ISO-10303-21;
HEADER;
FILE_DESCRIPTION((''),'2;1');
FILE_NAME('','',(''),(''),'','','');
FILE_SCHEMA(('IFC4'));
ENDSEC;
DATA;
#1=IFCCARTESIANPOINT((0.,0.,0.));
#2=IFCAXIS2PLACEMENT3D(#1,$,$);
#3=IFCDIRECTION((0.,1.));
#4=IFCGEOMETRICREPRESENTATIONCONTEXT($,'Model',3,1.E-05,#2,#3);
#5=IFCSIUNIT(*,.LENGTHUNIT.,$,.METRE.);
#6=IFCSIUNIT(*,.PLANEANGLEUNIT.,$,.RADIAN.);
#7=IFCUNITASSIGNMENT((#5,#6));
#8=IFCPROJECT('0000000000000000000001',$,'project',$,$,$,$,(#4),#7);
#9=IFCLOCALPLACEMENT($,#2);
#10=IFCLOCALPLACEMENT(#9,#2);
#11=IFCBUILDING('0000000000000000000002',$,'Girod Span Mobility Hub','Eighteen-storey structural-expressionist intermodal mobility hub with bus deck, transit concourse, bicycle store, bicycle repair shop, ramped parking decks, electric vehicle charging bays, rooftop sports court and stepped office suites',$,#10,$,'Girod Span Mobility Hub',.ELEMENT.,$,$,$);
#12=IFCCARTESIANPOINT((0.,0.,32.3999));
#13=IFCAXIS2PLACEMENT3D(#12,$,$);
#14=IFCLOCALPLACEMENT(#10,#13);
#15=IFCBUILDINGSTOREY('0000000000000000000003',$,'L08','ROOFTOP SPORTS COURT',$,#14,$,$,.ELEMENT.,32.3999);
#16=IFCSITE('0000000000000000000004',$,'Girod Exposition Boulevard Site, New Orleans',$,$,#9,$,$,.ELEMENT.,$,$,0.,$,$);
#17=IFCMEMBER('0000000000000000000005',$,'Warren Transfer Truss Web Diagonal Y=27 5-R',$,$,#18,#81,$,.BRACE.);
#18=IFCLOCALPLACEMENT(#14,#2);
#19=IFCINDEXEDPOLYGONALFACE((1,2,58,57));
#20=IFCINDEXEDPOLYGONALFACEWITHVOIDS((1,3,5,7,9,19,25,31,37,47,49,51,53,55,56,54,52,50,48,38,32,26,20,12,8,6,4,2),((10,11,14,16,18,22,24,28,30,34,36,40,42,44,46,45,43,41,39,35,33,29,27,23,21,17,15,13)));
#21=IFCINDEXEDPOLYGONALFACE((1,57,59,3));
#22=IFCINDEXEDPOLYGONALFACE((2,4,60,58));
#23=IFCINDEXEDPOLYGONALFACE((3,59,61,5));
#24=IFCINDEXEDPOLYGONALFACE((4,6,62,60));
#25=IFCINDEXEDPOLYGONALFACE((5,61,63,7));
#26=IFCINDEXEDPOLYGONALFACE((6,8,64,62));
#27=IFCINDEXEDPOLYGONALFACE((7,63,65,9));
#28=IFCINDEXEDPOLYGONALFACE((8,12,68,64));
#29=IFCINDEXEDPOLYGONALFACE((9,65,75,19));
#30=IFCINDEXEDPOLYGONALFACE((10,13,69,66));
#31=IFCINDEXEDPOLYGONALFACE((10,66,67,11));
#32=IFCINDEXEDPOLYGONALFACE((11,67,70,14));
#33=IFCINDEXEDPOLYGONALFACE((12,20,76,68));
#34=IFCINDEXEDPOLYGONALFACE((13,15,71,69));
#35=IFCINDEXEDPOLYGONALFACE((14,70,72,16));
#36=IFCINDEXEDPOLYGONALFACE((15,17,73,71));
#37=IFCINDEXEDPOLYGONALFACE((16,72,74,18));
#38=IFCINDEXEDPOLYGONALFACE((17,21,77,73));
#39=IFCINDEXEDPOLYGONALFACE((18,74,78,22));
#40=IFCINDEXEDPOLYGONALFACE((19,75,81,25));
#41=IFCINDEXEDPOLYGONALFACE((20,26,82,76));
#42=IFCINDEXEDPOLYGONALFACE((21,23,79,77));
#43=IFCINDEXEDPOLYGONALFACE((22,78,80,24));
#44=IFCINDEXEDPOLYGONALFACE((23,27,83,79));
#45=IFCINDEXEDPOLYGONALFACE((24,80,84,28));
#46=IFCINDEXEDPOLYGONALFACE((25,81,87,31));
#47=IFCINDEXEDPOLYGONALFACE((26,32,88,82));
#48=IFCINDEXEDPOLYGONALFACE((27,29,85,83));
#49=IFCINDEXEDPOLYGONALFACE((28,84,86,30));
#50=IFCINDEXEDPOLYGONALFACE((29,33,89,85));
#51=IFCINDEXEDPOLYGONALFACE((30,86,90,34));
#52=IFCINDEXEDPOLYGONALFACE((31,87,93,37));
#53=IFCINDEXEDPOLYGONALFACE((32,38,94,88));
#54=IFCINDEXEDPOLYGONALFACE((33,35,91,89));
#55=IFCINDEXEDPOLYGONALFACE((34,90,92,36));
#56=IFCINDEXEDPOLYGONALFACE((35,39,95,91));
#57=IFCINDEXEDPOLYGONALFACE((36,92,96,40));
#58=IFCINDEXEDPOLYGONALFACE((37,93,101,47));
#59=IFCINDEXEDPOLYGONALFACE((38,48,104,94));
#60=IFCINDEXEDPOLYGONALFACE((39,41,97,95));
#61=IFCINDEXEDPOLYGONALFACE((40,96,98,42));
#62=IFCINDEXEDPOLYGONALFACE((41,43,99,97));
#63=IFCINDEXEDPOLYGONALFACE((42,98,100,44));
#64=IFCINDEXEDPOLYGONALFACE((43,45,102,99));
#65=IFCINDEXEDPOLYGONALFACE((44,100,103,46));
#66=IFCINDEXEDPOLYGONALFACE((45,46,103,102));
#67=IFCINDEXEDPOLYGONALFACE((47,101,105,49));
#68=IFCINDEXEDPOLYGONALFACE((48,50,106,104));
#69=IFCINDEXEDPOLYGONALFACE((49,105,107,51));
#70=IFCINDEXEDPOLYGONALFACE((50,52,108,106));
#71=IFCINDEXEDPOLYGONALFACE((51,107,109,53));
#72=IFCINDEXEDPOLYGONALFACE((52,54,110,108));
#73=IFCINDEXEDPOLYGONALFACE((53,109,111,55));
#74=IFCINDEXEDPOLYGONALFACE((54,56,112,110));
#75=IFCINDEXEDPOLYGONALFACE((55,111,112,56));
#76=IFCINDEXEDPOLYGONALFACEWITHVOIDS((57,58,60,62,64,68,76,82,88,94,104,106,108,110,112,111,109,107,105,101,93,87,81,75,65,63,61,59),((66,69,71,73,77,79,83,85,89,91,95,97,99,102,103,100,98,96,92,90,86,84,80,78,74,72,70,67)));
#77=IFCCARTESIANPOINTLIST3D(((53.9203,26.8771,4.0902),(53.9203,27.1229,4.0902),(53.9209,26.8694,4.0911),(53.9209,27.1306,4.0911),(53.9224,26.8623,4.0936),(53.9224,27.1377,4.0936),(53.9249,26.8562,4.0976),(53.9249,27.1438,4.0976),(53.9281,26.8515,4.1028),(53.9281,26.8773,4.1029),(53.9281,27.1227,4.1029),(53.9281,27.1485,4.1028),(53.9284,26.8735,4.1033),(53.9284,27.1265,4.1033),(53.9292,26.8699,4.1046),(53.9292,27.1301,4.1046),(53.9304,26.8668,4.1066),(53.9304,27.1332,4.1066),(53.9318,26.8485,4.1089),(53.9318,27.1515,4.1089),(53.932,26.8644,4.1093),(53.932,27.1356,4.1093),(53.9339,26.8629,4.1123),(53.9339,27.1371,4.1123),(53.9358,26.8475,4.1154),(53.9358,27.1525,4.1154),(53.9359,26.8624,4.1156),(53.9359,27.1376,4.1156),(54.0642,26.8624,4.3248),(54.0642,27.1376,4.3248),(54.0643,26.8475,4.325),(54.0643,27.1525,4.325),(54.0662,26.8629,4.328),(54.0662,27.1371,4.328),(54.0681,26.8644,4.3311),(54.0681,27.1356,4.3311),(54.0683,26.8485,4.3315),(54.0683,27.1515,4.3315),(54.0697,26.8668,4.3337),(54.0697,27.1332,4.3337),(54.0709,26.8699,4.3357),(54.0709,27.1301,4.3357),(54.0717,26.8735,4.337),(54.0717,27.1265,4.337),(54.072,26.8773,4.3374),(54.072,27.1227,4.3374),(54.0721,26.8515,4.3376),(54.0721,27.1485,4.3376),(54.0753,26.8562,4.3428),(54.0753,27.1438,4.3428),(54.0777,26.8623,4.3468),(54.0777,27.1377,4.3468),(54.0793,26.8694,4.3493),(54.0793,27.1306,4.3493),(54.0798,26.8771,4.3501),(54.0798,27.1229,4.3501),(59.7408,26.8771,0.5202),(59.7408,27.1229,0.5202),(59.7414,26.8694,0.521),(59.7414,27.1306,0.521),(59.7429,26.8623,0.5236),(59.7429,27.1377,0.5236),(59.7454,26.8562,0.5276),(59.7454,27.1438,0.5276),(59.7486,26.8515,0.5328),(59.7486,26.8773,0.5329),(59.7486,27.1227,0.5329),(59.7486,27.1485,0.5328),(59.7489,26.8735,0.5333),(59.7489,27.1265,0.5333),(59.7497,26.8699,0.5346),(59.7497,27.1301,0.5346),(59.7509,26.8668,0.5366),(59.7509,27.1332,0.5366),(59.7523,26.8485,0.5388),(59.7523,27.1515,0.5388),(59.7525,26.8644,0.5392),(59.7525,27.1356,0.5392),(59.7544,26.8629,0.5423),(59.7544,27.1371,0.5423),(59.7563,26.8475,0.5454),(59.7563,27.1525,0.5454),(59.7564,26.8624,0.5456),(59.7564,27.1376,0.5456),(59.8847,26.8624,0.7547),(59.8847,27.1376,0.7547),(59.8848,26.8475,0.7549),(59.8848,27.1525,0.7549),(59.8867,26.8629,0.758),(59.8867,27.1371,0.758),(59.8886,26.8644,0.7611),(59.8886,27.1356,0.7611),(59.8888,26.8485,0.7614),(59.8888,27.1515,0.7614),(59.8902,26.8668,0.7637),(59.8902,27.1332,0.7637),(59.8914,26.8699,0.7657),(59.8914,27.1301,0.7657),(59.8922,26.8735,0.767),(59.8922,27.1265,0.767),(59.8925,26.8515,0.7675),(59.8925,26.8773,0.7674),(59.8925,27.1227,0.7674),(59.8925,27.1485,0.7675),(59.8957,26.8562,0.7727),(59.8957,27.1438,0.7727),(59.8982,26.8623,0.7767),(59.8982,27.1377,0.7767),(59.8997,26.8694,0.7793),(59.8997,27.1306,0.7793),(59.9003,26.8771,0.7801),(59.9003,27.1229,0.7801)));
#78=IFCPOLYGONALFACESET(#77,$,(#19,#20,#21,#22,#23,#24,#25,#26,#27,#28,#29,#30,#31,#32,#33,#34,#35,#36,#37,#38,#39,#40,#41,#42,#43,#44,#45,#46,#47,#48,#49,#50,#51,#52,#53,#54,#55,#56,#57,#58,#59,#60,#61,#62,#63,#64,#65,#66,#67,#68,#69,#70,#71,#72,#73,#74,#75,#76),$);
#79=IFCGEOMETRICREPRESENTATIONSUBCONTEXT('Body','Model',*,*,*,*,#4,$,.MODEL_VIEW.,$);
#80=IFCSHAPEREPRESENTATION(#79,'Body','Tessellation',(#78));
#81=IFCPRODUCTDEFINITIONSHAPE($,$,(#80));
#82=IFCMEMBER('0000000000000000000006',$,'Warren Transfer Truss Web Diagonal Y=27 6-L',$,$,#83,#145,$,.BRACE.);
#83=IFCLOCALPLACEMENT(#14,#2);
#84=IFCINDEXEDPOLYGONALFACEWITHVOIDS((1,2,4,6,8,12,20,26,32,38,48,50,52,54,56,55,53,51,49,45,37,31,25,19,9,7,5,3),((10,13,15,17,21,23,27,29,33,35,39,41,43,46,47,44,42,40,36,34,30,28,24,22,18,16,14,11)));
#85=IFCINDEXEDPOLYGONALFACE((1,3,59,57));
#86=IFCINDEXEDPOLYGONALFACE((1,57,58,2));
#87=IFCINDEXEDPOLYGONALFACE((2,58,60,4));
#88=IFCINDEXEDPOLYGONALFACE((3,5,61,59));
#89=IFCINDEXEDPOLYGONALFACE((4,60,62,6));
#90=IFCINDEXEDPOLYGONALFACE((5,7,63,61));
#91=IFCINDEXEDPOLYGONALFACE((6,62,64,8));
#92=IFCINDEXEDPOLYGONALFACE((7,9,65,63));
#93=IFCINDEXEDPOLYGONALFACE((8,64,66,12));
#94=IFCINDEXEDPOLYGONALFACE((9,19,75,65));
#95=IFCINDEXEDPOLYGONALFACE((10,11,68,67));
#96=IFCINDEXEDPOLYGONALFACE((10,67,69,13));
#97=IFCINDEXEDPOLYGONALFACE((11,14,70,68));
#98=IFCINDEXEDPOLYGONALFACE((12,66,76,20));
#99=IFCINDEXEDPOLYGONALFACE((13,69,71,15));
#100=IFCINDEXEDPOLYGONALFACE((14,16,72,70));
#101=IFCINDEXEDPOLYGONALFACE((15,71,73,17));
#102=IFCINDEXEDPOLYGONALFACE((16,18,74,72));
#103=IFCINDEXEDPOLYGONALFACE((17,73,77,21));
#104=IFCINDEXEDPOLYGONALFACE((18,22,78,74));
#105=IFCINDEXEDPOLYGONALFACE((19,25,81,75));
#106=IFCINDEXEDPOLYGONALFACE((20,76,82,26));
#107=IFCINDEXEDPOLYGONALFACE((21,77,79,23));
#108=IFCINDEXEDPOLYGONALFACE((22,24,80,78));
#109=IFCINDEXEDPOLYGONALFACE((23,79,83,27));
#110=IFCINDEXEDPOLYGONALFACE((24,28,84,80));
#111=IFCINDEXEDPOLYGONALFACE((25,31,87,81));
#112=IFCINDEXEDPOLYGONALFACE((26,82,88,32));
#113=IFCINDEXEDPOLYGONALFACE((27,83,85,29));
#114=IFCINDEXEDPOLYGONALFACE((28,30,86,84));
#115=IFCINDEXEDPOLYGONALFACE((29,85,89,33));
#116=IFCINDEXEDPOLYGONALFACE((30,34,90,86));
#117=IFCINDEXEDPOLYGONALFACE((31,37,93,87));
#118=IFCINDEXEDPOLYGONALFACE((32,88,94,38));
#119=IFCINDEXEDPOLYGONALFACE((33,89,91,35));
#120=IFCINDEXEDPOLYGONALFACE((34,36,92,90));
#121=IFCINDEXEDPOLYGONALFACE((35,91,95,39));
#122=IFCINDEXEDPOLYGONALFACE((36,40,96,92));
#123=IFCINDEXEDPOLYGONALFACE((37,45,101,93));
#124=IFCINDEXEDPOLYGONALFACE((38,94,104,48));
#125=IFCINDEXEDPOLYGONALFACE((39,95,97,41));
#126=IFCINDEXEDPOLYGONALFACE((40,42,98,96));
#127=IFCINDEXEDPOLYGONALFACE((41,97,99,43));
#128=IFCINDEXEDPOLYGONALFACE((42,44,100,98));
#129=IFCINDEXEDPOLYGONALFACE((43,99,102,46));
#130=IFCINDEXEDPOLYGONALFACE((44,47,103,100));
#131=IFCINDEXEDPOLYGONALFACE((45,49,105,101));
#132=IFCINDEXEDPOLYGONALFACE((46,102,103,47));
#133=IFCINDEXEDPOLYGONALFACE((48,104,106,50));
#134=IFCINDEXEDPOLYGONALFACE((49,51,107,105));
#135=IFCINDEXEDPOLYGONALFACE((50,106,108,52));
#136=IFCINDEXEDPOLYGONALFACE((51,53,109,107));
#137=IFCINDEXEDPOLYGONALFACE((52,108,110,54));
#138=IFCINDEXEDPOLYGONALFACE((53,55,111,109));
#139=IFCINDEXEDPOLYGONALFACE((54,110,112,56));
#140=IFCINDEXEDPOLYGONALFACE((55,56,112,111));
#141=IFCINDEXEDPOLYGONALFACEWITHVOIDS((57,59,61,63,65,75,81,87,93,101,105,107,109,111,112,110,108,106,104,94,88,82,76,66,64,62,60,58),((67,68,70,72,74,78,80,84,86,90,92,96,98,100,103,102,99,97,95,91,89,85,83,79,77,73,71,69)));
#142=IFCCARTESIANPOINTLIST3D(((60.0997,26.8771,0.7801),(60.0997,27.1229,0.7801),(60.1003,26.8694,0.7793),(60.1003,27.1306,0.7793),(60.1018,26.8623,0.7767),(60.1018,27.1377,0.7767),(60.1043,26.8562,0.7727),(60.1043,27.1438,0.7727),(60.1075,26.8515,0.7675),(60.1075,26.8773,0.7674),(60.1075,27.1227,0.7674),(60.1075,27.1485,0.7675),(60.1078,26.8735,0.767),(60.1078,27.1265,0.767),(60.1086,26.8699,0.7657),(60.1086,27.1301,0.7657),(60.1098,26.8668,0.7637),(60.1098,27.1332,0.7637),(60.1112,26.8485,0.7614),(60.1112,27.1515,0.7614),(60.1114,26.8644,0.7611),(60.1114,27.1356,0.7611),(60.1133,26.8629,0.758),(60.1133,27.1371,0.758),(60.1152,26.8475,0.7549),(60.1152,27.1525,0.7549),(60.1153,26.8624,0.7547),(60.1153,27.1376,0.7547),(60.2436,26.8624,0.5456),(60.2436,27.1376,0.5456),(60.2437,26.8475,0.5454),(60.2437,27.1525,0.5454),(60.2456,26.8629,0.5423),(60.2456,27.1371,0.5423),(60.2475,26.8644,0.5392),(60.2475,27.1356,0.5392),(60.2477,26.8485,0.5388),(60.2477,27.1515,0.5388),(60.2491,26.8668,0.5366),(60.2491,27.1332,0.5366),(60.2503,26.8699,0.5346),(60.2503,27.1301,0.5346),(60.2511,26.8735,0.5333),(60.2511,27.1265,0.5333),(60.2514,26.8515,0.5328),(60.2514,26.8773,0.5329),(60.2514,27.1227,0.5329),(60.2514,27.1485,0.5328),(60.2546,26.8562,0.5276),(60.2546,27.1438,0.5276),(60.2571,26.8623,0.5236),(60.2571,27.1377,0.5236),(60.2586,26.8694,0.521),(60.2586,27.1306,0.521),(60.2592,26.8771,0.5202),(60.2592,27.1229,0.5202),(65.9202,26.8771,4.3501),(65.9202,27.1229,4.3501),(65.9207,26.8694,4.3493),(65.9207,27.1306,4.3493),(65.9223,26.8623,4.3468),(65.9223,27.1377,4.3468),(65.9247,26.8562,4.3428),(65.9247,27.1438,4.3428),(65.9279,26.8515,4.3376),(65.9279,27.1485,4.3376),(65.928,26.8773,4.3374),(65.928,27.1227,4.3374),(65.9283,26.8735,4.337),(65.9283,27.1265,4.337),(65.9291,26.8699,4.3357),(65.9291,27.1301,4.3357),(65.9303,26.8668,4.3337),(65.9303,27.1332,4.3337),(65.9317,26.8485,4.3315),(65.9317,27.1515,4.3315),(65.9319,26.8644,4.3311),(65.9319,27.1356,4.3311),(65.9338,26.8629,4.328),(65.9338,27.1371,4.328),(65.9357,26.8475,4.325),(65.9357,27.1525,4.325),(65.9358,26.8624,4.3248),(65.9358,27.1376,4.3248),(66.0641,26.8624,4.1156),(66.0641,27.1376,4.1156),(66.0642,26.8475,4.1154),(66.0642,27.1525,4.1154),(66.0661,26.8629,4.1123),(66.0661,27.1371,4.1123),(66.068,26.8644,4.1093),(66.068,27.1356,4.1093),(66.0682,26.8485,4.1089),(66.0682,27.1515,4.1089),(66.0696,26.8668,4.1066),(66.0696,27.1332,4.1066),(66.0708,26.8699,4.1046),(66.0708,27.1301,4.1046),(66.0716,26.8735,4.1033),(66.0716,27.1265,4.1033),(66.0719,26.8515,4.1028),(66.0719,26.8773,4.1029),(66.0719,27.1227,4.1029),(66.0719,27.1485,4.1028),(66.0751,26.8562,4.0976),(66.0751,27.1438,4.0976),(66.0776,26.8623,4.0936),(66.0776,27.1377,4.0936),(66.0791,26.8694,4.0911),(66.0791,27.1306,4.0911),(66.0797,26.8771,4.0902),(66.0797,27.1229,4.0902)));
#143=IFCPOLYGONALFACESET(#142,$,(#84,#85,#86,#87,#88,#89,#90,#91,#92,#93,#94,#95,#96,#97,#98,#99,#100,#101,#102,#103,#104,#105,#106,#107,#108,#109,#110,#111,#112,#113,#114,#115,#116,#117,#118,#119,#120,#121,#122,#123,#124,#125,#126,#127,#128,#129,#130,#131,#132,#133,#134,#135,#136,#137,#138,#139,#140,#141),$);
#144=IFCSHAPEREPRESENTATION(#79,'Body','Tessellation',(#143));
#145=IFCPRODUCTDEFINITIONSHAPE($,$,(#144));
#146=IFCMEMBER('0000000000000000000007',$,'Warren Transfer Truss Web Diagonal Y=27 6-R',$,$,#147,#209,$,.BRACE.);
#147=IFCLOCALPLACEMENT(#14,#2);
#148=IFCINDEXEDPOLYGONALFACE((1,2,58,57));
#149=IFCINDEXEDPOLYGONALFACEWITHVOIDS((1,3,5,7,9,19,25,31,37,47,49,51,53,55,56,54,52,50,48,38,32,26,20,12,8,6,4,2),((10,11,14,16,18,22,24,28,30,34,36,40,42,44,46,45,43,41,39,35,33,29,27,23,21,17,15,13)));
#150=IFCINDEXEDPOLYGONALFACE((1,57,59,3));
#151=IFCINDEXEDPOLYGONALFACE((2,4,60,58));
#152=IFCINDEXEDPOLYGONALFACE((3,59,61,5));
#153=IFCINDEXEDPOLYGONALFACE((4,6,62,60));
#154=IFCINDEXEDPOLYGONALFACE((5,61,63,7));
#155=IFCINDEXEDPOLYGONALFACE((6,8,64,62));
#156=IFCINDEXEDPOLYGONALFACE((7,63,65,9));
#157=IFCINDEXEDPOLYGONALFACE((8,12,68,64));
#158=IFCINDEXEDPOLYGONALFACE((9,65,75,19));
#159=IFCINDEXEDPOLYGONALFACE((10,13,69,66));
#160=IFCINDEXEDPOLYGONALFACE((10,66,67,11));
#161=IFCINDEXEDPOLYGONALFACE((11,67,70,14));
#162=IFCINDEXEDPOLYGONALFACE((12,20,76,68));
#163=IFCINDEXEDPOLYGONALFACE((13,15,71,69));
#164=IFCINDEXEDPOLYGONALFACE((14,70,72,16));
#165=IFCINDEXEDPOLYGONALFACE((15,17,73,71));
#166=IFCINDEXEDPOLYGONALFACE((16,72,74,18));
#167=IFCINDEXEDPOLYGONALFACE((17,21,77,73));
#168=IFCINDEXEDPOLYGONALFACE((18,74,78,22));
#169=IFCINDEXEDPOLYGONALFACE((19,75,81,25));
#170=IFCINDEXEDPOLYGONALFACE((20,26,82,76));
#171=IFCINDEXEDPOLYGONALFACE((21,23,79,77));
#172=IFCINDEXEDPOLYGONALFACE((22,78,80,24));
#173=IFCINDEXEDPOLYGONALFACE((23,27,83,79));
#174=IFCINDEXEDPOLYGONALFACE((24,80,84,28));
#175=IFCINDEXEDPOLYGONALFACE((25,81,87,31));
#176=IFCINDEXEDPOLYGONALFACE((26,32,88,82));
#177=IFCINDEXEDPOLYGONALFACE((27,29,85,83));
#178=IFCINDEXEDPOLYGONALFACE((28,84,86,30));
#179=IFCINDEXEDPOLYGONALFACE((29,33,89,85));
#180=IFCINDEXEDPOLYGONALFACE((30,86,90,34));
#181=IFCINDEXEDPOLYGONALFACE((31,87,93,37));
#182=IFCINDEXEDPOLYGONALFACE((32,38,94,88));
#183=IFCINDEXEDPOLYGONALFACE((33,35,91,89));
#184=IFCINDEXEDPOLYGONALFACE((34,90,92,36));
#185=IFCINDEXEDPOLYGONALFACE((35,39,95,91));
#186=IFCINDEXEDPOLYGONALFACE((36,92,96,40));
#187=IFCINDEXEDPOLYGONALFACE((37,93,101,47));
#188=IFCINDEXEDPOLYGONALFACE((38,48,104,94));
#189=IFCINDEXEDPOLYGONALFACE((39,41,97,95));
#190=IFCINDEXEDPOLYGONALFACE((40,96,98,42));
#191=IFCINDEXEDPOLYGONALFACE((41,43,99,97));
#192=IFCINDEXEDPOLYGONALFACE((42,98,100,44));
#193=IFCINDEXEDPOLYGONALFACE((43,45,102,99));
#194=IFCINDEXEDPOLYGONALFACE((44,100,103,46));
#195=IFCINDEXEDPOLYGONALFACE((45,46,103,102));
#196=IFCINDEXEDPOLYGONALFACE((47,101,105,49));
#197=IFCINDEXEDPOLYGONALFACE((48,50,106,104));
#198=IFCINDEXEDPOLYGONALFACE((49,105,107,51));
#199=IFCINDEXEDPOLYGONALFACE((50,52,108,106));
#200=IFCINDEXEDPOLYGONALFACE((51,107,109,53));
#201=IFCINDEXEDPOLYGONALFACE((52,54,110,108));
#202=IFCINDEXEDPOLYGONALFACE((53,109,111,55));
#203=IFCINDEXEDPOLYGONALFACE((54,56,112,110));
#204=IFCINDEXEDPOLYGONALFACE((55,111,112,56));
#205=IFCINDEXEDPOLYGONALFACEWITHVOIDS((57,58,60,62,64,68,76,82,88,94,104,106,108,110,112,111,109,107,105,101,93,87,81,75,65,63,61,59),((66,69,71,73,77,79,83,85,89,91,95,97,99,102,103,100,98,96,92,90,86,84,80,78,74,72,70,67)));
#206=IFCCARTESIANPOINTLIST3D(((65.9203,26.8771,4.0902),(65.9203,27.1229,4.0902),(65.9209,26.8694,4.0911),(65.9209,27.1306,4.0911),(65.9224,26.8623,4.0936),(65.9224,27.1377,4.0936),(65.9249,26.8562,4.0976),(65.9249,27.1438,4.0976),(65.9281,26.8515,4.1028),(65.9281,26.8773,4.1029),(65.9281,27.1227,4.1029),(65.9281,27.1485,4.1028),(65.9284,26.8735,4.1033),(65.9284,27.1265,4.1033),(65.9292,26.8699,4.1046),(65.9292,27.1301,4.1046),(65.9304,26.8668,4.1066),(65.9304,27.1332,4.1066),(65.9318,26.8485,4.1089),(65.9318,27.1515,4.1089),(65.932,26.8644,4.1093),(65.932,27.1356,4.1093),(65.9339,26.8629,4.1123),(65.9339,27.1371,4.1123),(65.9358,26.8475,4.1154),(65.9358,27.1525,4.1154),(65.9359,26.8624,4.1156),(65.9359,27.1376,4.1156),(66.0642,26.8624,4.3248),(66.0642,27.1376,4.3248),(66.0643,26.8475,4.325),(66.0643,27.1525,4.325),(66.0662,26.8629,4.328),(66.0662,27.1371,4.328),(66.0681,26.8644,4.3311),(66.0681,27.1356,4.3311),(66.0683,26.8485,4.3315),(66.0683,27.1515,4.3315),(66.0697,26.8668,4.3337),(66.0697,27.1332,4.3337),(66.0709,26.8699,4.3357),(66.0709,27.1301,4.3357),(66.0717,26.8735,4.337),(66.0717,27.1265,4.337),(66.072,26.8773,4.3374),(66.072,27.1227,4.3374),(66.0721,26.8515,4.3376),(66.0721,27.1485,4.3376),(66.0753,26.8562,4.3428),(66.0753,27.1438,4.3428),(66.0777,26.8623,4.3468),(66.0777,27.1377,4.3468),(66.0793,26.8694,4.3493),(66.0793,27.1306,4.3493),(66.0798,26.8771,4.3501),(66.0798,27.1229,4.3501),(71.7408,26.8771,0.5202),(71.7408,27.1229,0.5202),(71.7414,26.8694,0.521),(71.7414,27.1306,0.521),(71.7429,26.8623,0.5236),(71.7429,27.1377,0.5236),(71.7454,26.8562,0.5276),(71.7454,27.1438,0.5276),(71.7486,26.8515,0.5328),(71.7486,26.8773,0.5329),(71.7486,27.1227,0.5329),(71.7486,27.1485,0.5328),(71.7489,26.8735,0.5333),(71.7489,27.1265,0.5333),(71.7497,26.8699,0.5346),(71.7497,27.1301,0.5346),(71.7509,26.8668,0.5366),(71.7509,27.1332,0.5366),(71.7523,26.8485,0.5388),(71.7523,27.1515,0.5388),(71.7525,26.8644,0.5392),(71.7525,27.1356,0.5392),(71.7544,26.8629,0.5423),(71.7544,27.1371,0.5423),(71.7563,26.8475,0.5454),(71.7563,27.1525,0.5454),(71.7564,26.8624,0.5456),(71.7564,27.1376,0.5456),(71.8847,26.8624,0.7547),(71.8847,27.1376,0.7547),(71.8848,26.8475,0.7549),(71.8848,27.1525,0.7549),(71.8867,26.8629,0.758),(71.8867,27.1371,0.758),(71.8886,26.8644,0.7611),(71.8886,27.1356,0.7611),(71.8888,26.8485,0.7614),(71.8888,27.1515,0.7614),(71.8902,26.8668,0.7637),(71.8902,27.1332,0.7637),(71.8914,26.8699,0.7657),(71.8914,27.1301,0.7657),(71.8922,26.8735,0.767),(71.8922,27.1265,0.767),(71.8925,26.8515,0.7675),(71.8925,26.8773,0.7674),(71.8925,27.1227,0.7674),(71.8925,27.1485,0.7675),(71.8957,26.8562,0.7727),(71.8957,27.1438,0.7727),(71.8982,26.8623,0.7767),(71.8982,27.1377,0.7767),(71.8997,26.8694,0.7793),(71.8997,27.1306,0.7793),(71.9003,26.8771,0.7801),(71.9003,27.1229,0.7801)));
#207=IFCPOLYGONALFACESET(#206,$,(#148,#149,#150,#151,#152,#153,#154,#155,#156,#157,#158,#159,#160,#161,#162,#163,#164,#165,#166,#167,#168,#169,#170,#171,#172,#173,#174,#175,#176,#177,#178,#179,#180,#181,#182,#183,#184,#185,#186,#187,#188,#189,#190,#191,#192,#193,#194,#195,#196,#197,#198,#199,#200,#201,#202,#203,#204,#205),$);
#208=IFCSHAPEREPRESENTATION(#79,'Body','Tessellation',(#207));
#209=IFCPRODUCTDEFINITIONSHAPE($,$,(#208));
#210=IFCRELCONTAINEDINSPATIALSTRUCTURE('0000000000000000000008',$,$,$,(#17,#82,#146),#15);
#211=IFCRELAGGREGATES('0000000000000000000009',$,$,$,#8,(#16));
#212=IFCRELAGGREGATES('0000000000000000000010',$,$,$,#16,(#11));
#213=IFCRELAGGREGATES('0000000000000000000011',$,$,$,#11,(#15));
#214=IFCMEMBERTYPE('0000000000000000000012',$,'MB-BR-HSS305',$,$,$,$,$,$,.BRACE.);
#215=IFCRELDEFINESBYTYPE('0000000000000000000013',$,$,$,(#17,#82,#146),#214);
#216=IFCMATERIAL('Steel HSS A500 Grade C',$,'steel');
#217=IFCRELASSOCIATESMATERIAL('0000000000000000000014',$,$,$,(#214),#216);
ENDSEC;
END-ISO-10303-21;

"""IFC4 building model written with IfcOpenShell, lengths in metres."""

from ifc_helpers import new_model, si_unit, direction, frame, origin, origin_2d, place, context, subcontext, project, spatial, hollow_rectangle, extrude, material, material_profile, profile_set, type_object, element, save


model = new_model("IFC4")

# Units and contexts
model_context = context("Model", 3, precision=1e-05, world=origin(), true_north=direction((0.0, 1.0)))
body_context = subcontext(model_context, "Body", "Model", "MODEL_VIEW")
ifc_project = project(units=[si_unit("LENGTHUNIT", "METRE"), si_unit("PLANEANGLEUNIT", "RADIAN")], contexts=[model_context])

# Site, building, storey
site_placement = place(None, origin())
site = spatial("IfcSite", under=ifc_project, at=site_placement, Name="Girod Exposition Boulevard Site, New Orleans", CompositionType="ELEMENT", RefElevation=0.0)
building_placement = place(site_placement, origin())
building = spatial("IfcBuilding", under=site, at=building_placement, Name="Girod Span Mobility Hub", Description="Eighteen-storey structural-expressionist intermodal mobility hub with bus deck, transit concourse, bicycle store, bicycle repair shop, ramped parking decks, electric vehicle charging bays, rooftop sports court and stepped office suites", LongName="Girod Span Mobility Hub", CompositionType="ELEMENT")
storey_placement = place(building_placement, frame((0.0, 0.0, 32.3999)))
storey = spatial("IfcBuildingStorey", under=building, at=storey_placement, Name="L08", Description="ROOFTOP SPORTS COURT", CompositionType="ELEMENT", Elevation=32.3999)

# Members
ifc_material_1 = material(Name="Steel HSS A500 Grade C", Category="steel")
ifc_material_profile_1 = material_profile(ifc_material_1, hollow_rectangle(XDim=0.3049, YDim=0.3049, WallThickness=0.0149, InnerFilletRadius=0.0149, OuterFilletRadius=0.0295, at=origin_2d()), Name="HSS305X305X16")
ifc_profile_set_1 = profile_set([ifc_material_profile_1], Name="Steel HSS A500 Grade C")
member_type_1 = type_object("IfcMemberType", Name="MB-BR-HSS305", PredefinedType="BRACE", material=ifc_profile_set_1)
for number, where, z_axis, x_axis, name in (
    (1, (59.8206, 27.0, 0.6501), (-0.85243, 0.0, 0.522842), (0.0, -1.0, 0.0), "Warren Transfer Truss Web Diagonal Y=27 5-R"),
    (2, (60.1794, 27.0, 0.6501), (0.85243, 0.0, 0.522842), (0.0, 1.0, 0.0), "Warren Transfer Truss Web Diagonal Y=27 6-L"),
    (3, (71.8206, 27.0, 0.6501), (-0.85243, 0.0, 0.522842), (0.0, -1.0, 0.0), "Warren Transfer Truss Web Diagonal Y=27 6-R"),
):
    element("IfcMember", number, at=place(storey_placement, frame(where, z_axis=z_axis, x_axis=x_axis)), inside=storey, type_object=member_type_1, Name=name, PredefinedType="BRACE", context=body_context, shape_type="SweptSolid", body=[
        extrude(hollow_rectangle(XDim=0.3049, YDim=0.3049, WallThickness=0.0149, InnerFilletRadius=0.0149, OuterFilletRadius=0.0295, at=origin_2d()), origin(), (0.0, 0.0, 1.0), 6.8281),
    ])

save(model, "model.ifc")
